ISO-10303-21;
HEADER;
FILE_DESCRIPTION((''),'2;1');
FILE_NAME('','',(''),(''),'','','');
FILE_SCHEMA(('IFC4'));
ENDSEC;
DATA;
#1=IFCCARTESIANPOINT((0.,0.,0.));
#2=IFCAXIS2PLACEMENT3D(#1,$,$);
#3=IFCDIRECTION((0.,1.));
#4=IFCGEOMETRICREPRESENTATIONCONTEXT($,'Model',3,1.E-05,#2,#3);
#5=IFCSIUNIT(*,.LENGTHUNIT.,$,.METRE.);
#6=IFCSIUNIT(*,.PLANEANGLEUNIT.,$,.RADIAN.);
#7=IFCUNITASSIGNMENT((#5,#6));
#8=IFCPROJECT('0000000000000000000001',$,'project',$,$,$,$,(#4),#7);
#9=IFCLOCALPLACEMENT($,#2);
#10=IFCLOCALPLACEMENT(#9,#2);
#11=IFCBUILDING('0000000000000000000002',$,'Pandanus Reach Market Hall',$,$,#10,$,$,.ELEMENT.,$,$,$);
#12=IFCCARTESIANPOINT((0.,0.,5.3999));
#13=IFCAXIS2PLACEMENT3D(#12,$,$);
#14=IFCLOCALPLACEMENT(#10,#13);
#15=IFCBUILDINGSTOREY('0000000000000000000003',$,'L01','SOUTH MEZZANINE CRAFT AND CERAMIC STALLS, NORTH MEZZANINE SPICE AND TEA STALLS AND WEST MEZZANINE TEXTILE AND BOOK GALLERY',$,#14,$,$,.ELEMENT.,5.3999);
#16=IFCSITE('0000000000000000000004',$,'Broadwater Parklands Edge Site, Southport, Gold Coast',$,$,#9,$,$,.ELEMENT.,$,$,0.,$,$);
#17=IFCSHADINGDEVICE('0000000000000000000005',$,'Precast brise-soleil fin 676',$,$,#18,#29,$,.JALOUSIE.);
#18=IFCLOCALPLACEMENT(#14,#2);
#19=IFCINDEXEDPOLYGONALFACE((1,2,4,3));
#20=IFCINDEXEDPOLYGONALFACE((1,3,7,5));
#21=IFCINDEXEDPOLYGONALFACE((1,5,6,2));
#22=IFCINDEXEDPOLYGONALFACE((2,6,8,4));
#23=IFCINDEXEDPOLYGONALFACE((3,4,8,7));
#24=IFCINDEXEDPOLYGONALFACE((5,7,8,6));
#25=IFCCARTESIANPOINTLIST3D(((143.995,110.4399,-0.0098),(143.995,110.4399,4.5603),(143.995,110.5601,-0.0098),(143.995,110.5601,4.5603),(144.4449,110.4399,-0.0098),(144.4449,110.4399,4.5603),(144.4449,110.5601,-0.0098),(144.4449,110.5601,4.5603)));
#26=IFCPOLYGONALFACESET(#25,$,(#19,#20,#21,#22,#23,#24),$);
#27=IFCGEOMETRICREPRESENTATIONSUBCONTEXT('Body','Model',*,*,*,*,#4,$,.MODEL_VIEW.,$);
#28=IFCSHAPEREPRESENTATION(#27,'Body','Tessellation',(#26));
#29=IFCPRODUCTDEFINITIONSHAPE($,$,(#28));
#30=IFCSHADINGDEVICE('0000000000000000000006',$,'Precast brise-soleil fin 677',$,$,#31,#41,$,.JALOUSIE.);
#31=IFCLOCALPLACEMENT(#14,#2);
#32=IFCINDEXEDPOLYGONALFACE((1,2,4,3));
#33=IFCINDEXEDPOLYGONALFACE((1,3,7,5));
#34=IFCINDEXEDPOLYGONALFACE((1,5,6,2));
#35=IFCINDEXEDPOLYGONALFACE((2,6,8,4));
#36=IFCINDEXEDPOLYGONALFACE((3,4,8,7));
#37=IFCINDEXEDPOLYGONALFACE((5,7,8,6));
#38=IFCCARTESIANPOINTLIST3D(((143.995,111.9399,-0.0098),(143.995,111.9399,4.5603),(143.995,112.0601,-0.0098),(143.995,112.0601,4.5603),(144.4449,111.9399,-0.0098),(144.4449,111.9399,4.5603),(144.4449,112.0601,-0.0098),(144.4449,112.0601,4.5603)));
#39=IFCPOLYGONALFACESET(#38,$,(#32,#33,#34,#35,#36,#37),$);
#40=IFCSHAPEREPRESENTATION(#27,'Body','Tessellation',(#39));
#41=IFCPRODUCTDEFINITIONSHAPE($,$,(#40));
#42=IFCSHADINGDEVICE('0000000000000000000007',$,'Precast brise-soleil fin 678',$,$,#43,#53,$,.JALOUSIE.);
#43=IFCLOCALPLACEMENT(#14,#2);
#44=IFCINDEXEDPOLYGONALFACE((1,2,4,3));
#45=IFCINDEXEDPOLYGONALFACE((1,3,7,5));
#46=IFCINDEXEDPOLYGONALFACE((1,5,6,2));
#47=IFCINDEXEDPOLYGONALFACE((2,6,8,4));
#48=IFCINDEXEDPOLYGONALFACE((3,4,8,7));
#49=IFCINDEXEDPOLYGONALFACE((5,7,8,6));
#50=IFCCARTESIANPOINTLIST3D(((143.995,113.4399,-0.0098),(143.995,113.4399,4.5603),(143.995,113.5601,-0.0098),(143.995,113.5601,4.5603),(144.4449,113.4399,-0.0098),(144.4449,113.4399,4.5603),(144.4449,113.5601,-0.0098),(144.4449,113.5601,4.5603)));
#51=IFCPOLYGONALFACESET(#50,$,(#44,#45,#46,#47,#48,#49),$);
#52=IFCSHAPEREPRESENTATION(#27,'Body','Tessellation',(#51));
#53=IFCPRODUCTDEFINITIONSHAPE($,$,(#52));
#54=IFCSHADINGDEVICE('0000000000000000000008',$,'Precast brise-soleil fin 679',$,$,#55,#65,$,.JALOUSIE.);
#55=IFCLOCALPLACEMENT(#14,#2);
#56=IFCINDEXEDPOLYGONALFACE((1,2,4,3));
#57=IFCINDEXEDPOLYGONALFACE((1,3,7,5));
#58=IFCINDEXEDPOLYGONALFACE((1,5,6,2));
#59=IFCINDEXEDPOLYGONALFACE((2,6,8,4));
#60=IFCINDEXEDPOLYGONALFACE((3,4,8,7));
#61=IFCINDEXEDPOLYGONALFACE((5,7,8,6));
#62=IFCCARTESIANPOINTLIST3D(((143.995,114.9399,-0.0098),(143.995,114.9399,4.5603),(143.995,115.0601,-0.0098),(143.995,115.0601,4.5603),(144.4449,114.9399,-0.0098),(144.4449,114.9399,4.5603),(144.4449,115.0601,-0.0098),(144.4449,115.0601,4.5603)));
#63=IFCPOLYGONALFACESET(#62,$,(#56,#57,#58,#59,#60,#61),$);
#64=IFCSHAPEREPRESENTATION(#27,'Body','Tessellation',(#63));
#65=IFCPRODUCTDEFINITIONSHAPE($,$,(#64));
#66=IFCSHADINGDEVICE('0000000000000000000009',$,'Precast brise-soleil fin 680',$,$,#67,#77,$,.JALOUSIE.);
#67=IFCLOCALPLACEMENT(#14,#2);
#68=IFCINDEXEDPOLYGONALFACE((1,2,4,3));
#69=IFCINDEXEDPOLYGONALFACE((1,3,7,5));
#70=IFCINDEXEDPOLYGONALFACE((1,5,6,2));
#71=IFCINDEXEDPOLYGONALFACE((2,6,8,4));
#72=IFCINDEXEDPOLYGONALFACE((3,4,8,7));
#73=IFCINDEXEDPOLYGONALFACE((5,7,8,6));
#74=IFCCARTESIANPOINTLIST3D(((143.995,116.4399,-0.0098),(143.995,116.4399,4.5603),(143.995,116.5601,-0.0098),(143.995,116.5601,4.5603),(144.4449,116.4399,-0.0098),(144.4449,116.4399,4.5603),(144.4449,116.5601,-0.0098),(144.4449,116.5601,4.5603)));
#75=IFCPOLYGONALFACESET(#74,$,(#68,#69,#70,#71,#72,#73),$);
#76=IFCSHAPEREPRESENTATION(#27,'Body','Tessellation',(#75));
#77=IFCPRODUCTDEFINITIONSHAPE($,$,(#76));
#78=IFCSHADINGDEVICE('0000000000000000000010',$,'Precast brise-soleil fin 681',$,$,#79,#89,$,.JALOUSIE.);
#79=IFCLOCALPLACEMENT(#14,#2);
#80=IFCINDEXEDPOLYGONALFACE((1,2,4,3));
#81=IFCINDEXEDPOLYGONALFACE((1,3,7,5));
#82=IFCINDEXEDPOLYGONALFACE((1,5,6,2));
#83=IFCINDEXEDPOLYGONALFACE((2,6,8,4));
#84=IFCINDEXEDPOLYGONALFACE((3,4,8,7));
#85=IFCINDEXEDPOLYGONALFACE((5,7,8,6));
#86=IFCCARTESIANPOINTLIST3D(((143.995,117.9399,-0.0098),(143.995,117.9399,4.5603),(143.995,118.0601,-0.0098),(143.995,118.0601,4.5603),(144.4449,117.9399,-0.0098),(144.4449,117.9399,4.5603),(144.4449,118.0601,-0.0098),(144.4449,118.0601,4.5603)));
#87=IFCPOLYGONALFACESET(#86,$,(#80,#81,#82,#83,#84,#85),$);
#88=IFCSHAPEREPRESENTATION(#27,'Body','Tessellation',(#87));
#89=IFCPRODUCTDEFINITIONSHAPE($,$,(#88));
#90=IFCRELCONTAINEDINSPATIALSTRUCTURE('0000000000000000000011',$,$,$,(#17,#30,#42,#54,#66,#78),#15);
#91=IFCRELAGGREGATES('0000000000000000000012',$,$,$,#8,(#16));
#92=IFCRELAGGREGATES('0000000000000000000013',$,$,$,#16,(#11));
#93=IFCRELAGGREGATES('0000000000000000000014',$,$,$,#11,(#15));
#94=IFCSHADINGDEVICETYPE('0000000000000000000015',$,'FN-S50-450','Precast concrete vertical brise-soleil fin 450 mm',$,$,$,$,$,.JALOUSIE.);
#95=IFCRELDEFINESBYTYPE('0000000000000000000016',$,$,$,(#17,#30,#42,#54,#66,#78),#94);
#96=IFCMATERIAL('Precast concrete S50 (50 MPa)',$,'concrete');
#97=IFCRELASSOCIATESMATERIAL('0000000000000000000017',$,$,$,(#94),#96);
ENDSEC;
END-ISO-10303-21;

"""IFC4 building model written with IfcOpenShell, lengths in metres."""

from ifc_helpers import new_model, si_unit, direction, frame, origin, origin_2d, place, context, subcontext, project, spatial, rectangle, extrude, material, type_object, element, save


model = new_model("IFC4")

# Units and contexts
model_context = context("Model", 3, precision=1e-05, world=origin(), true_north=direction((0.0, 1.0)))
body_context = subcontext(model_context, "Body", "Model", "MODEL_VIEW")
ifc_project = project(units=[si_unit("LENGTHUNIT", "METRE"), si_unit("PLANEANGLEUNIT", "RADIAN")], contexts=[model_context])

# Site, building, storey
site_placement = place(None, origin())
site = spatial("IfcSite", under=ifc_project, at=site_placement, Name="Broadwater Parklands Edge Site, Southport, Gold Coast", CompositionType="ELEMENT", RefElevation=0.0)
building_placement = place(site_placement, origin())
building = spatial("IfcBuilding", under=site, at=building_placement, Name="Pandanus Reach Market Hall", CompositionType="ELEMENT")
storey_placement = place(building_placement, frame((0.0, 0.0, 5.3999)))
storey = spatial("IfcBuildingStorey", under=building, at=storey_placement, Name="L01", Description="SOUTH MEZZANINE CRAFT AND CERAMIC STALLS, NORTH MEZZANINE SPICE AND TEA STALLS AND WEST MEZZANINE TEXTILE AND BOOK GALLERY", CompositionType="ELEMENT", Elevation=5.3999)

# Shading devices
ifc_material_1 = material(Name="Precast concrete S50 (50 MPa)", Category="concrete")
shading_device_type = type_object("IfcShadingDeviceType", Name="FN-S50-450", Description="Precast concrete vertical brise-soleil fin 450 mm", PredefinedType="JALOUSIE", material=ifc_material_1)
for number, where, z_axis, x_axis, name in (
    (1, (144.22, 110.5, -0.0098), (0.0, 0.0, 1.0), (1.0, 0.0, 0.0), "Precast brise-soleil fin 676"),
    (2, (144.22, 112.0, -0.0098), (0.0, 0.0, 1.0), (1.0, 0.0, 0.0), "Precast brise-soleil fin 677"),
    (3, (144.22, 113.5, -0.0098), (0.0, 0.0, 1.0), (1.0, 0.0, 0.0), "Precast brise-soleil fin 678"),
    (4, (144.22, 115.0, -0.0098), (0.0, 0.0, 1.0), (1.0, 0.0, 0.0), "Precast brise-soleil fin 679"),
    (5, (144.22, 116.5, -0.0098), (0.0, 0.0, 1.0), (1.0, 0.0, 0.0), "Precast brise-soleil fin 680"),
    (6, (144.22, 118.0, -0.0098), (0.0, 0.0, 1.0), (1.0, 0.0, 0.0), "Precast brise-soleil fin 681"),
):
    element("IfcShadingDevice", number, at=place(storey_placement, frame(where, z_axis=z_axis, x_axis=x_axis)), inside=storey, type_object=shading_device_type, Name=name, PredefinedType="JALOUSIE", context=body_context, shape_type="SweptSolid", body=[
        extrude(rectangle(XDim=0.45, YDim=0.1201, at=origin_2d()), origin(), (0.0, 0.0, 1.0), 4.5701),
    ])

save(model, "model.ifc")
